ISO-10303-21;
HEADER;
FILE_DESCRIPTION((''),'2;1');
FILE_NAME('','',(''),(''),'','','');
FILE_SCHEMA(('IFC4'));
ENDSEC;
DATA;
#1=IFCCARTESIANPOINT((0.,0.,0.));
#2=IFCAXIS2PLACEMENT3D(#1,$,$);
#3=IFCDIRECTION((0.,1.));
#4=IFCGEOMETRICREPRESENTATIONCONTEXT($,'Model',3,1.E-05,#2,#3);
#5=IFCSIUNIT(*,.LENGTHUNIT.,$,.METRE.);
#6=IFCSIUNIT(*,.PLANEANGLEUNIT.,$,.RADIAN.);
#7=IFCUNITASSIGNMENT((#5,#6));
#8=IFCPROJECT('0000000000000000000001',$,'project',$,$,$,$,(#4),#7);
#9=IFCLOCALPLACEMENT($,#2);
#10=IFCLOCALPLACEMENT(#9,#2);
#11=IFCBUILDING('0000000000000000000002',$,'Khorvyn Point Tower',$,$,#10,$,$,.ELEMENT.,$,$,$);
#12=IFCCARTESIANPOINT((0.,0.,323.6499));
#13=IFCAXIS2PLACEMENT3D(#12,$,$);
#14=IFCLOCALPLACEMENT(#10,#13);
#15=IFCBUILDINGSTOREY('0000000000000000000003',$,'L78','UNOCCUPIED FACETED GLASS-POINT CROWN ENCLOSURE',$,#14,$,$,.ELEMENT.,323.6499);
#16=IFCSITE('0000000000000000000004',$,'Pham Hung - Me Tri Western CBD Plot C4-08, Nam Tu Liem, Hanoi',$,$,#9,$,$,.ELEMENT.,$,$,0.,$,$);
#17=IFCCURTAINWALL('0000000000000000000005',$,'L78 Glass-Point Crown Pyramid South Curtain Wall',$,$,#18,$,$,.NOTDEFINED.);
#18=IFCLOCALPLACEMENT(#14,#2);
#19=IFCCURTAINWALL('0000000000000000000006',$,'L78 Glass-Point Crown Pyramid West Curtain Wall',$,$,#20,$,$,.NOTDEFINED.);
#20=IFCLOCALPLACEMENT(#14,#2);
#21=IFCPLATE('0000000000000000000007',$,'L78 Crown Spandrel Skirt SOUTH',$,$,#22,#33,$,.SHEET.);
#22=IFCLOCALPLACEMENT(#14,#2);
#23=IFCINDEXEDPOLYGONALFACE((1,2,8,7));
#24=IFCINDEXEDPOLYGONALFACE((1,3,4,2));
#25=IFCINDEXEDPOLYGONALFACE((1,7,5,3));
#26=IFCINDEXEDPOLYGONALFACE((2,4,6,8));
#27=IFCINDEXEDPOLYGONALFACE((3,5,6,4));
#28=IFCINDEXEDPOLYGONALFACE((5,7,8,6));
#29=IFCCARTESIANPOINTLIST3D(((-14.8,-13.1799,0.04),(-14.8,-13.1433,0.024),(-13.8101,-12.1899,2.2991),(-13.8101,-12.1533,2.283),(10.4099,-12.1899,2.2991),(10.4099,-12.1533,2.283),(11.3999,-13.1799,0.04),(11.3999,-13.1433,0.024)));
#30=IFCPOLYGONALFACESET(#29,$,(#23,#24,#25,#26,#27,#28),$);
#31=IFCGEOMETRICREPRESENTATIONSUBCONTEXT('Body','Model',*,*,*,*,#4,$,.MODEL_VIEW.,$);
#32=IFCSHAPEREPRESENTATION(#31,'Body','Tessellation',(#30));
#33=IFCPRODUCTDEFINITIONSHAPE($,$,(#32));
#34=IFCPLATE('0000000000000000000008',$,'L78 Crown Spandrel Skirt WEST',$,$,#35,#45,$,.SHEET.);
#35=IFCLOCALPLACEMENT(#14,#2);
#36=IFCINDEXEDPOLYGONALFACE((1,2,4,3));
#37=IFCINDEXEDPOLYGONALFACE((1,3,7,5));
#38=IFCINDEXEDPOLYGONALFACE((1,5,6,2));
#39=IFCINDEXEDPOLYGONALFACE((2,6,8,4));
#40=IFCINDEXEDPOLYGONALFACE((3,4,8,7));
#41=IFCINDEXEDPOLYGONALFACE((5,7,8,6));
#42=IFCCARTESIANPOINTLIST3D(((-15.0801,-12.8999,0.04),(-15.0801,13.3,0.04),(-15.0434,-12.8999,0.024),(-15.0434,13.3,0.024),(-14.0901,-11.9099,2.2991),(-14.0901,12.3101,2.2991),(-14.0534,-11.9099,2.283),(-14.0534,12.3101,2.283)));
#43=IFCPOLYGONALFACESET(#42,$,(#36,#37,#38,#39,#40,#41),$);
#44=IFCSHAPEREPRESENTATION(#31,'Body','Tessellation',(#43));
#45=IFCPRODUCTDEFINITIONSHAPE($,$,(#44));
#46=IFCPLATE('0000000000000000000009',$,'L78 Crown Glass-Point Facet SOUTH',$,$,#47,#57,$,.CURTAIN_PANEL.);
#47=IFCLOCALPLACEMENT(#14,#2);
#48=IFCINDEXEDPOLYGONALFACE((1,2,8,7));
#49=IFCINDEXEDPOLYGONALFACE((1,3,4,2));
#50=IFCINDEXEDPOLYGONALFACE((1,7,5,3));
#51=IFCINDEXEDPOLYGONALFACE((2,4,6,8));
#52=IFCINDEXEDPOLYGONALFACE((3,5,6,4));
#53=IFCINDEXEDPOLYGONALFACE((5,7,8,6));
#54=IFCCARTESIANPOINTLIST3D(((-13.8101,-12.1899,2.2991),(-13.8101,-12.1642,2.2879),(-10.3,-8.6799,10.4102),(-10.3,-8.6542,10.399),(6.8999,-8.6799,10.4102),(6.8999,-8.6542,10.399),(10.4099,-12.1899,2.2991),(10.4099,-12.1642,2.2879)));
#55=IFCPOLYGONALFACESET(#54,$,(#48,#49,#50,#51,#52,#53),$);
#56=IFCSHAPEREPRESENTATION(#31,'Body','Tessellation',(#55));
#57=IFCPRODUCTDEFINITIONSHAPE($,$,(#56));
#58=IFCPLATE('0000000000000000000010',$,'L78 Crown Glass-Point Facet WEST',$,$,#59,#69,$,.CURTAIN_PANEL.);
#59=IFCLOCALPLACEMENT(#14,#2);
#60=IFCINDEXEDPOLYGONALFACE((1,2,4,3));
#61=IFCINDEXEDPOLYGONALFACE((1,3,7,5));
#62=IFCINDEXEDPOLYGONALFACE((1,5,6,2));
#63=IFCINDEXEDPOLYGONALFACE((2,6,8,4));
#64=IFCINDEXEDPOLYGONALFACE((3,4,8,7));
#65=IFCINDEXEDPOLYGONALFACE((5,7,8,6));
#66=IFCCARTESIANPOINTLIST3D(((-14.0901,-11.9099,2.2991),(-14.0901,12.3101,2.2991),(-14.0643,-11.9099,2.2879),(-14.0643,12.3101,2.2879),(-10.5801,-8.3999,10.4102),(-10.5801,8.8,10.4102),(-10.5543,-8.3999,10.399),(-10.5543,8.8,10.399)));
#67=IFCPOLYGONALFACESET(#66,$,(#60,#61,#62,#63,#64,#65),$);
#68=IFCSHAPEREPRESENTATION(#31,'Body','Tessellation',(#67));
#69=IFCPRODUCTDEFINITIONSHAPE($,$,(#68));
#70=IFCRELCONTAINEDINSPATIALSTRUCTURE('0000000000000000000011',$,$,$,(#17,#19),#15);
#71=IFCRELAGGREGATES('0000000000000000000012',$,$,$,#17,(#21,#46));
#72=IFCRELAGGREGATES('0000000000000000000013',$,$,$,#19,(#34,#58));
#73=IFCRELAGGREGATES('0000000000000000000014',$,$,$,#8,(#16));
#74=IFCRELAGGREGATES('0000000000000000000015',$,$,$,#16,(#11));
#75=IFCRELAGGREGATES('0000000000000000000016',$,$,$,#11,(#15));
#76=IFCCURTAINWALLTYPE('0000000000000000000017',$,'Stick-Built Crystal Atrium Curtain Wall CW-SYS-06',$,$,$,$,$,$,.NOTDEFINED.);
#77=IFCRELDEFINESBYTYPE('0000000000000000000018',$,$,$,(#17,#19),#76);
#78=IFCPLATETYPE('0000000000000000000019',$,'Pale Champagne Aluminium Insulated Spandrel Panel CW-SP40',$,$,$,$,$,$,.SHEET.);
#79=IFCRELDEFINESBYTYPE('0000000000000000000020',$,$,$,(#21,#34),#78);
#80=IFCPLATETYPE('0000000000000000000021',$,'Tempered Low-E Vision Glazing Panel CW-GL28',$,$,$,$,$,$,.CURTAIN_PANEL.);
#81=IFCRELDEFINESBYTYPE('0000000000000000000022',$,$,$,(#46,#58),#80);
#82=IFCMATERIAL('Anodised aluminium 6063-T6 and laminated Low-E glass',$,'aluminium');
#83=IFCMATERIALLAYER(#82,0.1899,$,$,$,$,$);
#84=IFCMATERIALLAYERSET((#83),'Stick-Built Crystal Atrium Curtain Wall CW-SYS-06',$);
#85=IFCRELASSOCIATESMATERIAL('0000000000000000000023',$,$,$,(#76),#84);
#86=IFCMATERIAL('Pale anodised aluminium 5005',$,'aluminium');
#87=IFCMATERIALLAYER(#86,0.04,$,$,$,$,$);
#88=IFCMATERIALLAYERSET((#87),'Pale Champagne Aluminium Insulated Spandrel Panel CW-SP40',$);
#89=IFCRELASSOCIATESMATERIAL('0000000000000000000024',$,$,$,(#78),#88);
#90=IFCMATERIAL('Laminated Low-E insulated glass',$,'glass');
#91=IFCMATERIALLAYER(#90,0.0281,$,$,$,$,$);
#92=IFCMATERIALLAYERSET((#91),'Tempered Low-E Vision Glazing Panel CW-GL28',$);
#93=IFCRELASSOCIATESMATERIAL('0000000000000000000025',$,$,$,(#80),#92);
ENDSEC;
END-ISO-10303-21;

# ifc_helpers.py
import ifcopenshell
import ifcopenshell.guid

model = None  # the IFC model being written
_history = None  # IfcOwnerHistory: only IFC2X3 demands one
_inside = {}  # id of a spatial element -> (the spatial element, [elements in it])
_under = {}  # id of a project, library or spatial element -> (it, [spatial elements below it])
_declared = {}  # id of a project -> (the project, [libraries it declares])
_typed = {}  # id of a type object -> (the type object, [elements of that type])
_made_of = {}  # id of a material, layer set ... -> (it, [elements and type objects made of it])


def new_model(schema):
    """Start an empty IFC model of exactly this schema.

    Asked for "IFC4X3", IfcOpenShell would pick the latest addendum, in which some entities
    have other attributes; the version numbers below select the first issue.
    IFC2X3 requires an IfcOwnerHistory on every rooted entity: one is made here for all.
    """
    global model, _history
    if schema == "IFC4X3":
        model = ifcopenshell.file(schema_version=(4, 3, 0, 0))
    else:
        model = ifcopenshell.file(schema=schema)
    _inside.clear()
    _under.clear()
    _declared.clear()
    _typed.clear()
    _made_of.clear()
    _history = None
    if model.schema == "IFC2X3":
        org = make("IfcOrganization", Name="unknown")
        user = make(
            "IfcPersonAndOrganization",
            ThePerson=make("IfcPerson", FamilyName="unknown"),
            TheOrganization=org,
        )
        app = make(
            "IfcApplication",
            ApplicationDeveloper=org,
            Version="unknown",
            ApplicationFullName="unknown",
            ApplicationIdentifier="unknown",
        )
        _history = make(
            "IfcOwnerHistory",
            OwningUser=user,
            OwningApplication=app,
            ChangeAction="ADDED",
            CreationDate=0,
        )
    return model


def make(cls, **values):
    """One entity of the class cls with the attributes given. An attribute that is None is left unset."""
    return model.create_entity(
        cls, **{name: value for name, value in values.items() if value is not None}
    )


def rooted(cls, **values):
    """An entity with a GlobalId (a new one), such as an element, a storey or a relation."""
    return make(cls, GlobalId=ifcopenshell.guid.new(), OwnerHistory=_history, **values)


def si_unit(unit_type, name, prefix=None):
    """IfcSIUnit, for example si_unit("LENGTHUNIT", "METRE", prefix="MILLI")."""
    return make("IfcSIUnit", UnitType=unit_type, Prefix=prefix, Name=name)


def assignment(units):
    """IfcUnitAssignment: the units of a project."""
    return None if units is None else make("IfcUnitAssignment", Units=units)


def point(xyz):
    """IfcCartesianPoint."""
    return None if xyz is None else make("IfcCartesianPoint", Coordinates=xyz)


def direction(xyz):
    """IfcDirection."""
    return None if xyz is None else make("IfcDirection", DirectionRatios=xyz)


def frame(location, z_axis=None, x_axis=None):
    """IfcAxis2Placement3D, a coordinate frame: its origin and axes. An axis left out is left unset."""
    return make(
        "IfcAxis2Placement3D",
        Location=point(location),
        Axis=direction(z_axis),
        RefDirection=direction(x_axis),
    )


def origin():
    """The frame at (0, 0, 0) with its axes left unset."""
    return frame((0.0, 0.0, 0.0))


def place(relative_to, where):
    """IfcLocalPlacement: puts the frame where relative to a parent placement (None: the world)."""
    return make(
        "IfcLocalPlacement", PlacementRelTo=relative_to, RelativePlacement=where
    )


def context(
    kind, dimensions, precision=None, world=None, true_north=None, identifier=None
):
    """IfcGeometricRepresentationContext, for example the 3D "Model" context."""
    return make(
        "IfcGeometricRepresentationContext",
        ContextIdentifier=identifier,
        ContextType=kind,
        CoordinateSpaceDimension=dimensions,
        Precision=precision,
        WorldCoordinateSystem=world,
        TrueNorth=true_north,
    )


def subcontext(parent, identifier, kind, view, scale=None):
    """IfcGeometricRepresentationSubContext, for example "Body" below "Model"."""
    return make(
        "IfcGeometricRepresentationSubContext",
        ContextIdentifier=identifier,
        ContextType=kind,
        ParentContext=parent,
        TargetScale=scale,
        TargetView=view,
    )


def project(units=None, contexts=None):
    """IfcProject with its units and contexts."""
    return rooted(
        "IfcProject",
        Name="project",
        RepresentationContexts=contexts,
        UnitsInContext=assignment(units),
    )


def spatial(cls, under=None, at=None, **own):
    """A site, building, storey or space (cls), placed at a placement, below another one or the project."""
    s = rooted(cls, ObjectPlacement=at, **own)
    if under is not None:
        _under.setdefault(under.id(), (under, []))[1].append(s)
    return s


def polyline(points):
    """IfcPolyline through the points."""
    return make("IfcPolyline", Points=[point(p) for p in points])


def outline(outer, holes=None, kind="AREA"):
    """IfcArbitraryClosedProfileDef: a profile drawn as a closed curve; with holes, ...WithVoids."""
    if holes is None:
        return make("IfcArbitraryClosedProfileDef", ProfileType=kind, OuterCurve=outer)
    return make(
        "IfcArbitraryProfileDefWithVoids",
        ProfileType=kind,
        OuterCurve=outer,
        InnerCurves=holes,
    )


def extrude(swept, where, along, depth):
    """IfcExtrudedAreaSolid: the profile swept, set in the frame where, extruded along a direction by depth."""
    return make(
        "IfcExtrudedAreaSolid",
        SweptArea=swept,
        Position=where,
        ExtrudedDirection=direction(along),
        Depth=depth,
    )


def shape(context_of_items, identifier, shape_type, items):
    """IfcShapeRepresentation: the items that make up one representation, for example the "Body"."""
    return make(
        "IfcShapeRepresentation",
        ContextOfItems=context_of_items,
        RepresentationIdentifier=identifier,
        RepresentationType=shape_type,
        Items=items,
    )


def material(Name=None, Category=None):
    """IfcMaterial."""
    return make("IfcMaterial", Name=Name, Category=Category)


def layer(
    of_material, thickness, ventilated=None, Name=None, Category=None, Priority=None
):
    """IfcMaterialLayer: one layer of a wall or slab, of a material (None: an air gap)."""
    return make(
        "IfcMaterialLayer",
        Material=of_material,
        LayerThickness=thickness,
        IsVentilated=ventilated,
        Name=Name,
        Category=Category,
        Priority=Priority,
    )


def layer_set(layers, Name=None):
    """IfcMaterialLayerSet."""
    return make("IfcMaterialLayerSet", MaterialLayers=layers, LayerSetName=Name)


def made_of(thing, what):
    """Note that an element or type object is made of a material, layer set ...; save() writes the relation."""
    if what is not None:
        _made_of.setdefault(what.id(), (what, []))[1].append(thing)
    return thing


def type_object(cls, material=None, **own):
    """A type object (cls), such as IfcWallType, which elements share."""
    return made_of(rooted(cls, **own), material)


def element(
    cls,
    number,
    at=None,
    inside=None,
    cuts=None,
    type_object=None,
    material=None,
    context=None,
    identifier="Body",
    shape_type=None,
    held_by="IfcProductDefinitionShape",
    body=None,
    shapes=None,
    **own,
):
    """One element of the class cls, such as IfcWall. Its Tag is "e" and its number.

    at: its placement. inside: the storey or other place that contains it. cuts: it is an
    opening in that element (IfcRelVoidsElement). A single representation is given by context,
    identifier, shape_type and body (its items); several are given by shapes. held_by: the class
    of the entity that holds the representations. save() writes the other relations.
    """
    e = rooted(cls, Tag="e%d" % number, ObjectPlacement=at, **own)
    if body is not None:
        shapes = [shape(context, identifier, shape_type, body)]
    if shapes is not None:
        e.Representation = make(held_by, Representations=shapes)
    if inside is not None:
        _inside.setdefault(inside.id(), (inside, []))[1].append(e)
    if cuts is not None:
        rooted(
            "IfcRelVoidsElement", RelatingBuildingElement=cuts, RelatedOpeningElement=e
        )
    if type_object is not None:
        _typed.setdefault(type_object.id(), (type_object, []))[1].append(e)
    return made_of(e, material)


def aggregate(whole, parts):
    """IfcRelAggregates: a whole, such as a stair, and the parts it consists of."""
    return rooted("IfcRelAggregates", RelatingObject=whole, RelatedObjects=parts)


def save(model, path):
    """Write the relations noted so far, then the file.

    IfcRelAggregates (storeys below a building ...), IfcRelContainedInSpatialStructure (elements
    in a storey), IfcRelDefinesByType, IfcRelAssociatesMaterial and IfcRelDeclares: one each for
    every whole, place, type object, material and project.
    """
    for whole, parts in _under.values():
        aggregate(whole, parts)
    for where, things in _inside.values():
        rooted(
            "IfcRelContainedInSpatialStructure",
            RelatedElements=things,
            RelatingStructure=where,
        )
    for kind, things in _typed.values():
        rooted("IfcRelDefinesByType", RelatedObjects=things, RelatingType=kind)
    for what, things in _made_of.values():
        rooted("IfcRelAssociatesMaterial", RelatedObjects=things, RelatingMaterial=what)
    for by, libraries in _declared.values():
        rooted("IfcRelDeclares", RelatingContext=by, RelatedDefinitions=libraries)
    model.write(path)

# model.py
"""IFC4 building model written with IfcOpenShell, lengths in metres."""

from ifc_helpers import new_model, si_unit, direction, frame, origin, place, context, subcontext, project, spatial, polyline, outline, extrude, material, layer, layer_set, type_object, element, aggregate, save


model = new_model("IFC4")

# Units and contexts
model_context = context("Model", 3, precision=1e-05, world=origin(), true_north=direction((0.0, 1.0)))
body_context = subcontext(model_context, "Body", "Model", "MODEL_VIEW")
ifc_project = project(units=[si_unit("LENGTHUNIT", "METRE"), si_unit("PLANEANGLEUNIT", "RADIAN")], contexts=[model_context])

# Site, building, storey
site_placement = place(None, origin())
site = spatial("IfcSite", under=ifc_project, at=site_placement, Name="Pham Hung - Me Tri Western CBD Plot C4-08, Nam Tu Liem, Hanoi", CompositionType="ELEMENT", RefElevation=0.0)
building_placement = place(site_placement, origin())
building = spatial("IfcBuilding", under=site, at=building_placement, Name="Khorvyn Point Tower", CompositionType="ELEMENT")
storey_placement = place(building_placement, frame((0.0, 0.0, 323.6499)))
storey = spatial("IfcBuildingStorey", under=building, at=storey_placement, Name="L78", Description="UNOCCUPIED FACETED GLASS-POINT CROWN ENCLOSURE", CompositionType="ELEMENT", Elevation=323.6499)

# Curtain walls
ifc_material_1 = material(Name="Anodised aluminium 6063-T6 and laminated Low-E glass", Category="aluminium")
ifc_layer_1 = layer(ifc_material_1, 0.1899)
ifc_layer_set_1 = layer_set([ifc_layer_1], Name="Stick-Built Crystal Atrium Curtain Wall CW-SYS-06")
curtain_wall_type = type_object("IfcCurtainWallType", Name="Stick-Built Crystal Atrium Curtain Wall CW-SYS-06", PredefinedType="NOTDEFINED", material=ifc_layer_set_1)
curtain_wall_1_placement = place(storey_placement, origin())
curtain_wall_1 = element("IfcCurtainWall", 1, at=curtain_wall_1_placement, inside=storey, type_object=curtain_wall_type, Name="L78 Glass-Point Crown Pyramid South Curtain Wall", PredefinedType="NOTDEFINED")
curtain_wall_2_placement = place(storey_placement, origin())
curtain_wall_2 = element("IfcCurtainWall", 2, at=curtain_wall_2_placement, inside=storey, type_object=curtain_wall_type, Name="L78 Glass-Point Crown Pyramid West Curtain Wall", PredefinedType="NOTDEFINED")

# Plates
ifc_material_2 = material(Name="Pale anodised aluminium 5005", Category="aluminium")
ifc_layer_2 = layer(ifc_material_2, 0.04)
ifc_layer_set_2 = layer_set([ifc_layer_2], Name="Pale Champagne Aluminium Insulated Spandrel Panel CW-SP40")
plate_type_1 = type_object("IfcPlateType", Name="Pale Champagne Aluminium Insulated Spandrel Panel CW-SP40", PredefinedType="SHEET", material=ifc_layer_set_2)
plate_1_placement = place(storey_placement, frame((-14.8, -13.1799, 0.04), z_axis=(0.0, -0.91591, 0.401385), x_axis=(1.0, 0.0, 0.0)))
plate_1 = element("IfcPlate", 3, at=plate_1_placement, type_object=plate_type_1, Name="L78 Crown Spandrel Skirt SOUTH", PredefinedType="SHEET", context=body_context, shape_type="SweptSolid", body=[
    extrude(outline(polyline([(0.0, 0.0), (26.2, 0.0), (25.21, 2.4664), (0.99, 2.4664), (0.0, 0.0)])), origin(), (0.0, 0.0, -1.0), 0.04),
])
plate_2_placement = place(storey_placement, frame((-15.0801, 13.3, 0.04), z_axis=(-0.91591, 0.0, 0.401385), x_axis=(0.0, -1.0, 0.0)))
plate_2 = element("IfcPlate", 4, at=plate_2_placement, type_object=plate_type_1, Name="L78 Crown Spandrel Skirt WEST", PredefinedType="SHEET", context=body_context, shape_type="SweptSolid", body=[
    extrude(outline(polyline([(0.0, 0.0), (26.2, 0.0), (25.21, 2.4664), (0.99, 2.4664), (0.0, 0.0)])), origin(), (0.0, 0.0, -1.0), 0.04),
])
ifc_material_3 = material(Name="Laminated Low-E insulated glass", Category="glass")
ifc_layer_3 = layer(ifc_material_3, 0.0281)
ifc_layer_set_3 = layer_set([ifc_layer_3], Name="Tempered Low-E Vision Glazing Panel CW-GL28")
plate_type_2 = type_object("IfcPlateType", Name="Tempered Low-E Vision Glazing Panel CW-GL28", PredefinedType="CURTAIN_PANEL", material=ifc_layer_set_3)
plate_3_placement = place(storey_placement, frame((-13.8101, -12.1899, 2.2991), z_axis=(0.0, -0.917753, 0.397151), x_axis=(1.0, 0.0, 0.0)))
plate_3 = element("IfcPlate", 5, at=plate_3_placement, type_object=plate_type_2, Name="L78 Crown Glass-Point Facet SOUTH", PredefinedType="CURTAIN_PANEL", context=body_context, shape_type="SweptSolid", body=[
    extrude(outline(polyline([(0.0, 0.0), (24.22, 0.0), (20.71, 8.838), (3.51, 8.838), (0.0, 0.0)])), origin(), (0.0, 0.0, -1.0), 0.0281),
])
aggregate(curtain_wall_1, [plate_1, plate_3])
plate_4_placement = place(storey_placement, frame((-14.0901, 12.3101, 2.2991), z_axis=(-0.917753, 0.0, 0.397151), x_axis=(0.0, -1.0, 0.0)))
plate_4 = element("IfcPlate", 6, at=plate_4_placement, type_object=plate_type_2, Name="L78 Crown Glass-Point Facet WEST", PredefinedType="CURTAIN_PANEL", context=body_context, shape_type="SweptSolid", body=[
    extrude(outline(polyline([(0.0, 0.0), (24.22, 0.0), (20.71, 8.838), (3.51, 8.838), (0.0, 0.0)])), origin(), (0.0, 0.0, -1.0), 0.0281),
])
aggregate(curtain_wall_2, [plate_2, plate_4])

save(model, "model.ifc")
